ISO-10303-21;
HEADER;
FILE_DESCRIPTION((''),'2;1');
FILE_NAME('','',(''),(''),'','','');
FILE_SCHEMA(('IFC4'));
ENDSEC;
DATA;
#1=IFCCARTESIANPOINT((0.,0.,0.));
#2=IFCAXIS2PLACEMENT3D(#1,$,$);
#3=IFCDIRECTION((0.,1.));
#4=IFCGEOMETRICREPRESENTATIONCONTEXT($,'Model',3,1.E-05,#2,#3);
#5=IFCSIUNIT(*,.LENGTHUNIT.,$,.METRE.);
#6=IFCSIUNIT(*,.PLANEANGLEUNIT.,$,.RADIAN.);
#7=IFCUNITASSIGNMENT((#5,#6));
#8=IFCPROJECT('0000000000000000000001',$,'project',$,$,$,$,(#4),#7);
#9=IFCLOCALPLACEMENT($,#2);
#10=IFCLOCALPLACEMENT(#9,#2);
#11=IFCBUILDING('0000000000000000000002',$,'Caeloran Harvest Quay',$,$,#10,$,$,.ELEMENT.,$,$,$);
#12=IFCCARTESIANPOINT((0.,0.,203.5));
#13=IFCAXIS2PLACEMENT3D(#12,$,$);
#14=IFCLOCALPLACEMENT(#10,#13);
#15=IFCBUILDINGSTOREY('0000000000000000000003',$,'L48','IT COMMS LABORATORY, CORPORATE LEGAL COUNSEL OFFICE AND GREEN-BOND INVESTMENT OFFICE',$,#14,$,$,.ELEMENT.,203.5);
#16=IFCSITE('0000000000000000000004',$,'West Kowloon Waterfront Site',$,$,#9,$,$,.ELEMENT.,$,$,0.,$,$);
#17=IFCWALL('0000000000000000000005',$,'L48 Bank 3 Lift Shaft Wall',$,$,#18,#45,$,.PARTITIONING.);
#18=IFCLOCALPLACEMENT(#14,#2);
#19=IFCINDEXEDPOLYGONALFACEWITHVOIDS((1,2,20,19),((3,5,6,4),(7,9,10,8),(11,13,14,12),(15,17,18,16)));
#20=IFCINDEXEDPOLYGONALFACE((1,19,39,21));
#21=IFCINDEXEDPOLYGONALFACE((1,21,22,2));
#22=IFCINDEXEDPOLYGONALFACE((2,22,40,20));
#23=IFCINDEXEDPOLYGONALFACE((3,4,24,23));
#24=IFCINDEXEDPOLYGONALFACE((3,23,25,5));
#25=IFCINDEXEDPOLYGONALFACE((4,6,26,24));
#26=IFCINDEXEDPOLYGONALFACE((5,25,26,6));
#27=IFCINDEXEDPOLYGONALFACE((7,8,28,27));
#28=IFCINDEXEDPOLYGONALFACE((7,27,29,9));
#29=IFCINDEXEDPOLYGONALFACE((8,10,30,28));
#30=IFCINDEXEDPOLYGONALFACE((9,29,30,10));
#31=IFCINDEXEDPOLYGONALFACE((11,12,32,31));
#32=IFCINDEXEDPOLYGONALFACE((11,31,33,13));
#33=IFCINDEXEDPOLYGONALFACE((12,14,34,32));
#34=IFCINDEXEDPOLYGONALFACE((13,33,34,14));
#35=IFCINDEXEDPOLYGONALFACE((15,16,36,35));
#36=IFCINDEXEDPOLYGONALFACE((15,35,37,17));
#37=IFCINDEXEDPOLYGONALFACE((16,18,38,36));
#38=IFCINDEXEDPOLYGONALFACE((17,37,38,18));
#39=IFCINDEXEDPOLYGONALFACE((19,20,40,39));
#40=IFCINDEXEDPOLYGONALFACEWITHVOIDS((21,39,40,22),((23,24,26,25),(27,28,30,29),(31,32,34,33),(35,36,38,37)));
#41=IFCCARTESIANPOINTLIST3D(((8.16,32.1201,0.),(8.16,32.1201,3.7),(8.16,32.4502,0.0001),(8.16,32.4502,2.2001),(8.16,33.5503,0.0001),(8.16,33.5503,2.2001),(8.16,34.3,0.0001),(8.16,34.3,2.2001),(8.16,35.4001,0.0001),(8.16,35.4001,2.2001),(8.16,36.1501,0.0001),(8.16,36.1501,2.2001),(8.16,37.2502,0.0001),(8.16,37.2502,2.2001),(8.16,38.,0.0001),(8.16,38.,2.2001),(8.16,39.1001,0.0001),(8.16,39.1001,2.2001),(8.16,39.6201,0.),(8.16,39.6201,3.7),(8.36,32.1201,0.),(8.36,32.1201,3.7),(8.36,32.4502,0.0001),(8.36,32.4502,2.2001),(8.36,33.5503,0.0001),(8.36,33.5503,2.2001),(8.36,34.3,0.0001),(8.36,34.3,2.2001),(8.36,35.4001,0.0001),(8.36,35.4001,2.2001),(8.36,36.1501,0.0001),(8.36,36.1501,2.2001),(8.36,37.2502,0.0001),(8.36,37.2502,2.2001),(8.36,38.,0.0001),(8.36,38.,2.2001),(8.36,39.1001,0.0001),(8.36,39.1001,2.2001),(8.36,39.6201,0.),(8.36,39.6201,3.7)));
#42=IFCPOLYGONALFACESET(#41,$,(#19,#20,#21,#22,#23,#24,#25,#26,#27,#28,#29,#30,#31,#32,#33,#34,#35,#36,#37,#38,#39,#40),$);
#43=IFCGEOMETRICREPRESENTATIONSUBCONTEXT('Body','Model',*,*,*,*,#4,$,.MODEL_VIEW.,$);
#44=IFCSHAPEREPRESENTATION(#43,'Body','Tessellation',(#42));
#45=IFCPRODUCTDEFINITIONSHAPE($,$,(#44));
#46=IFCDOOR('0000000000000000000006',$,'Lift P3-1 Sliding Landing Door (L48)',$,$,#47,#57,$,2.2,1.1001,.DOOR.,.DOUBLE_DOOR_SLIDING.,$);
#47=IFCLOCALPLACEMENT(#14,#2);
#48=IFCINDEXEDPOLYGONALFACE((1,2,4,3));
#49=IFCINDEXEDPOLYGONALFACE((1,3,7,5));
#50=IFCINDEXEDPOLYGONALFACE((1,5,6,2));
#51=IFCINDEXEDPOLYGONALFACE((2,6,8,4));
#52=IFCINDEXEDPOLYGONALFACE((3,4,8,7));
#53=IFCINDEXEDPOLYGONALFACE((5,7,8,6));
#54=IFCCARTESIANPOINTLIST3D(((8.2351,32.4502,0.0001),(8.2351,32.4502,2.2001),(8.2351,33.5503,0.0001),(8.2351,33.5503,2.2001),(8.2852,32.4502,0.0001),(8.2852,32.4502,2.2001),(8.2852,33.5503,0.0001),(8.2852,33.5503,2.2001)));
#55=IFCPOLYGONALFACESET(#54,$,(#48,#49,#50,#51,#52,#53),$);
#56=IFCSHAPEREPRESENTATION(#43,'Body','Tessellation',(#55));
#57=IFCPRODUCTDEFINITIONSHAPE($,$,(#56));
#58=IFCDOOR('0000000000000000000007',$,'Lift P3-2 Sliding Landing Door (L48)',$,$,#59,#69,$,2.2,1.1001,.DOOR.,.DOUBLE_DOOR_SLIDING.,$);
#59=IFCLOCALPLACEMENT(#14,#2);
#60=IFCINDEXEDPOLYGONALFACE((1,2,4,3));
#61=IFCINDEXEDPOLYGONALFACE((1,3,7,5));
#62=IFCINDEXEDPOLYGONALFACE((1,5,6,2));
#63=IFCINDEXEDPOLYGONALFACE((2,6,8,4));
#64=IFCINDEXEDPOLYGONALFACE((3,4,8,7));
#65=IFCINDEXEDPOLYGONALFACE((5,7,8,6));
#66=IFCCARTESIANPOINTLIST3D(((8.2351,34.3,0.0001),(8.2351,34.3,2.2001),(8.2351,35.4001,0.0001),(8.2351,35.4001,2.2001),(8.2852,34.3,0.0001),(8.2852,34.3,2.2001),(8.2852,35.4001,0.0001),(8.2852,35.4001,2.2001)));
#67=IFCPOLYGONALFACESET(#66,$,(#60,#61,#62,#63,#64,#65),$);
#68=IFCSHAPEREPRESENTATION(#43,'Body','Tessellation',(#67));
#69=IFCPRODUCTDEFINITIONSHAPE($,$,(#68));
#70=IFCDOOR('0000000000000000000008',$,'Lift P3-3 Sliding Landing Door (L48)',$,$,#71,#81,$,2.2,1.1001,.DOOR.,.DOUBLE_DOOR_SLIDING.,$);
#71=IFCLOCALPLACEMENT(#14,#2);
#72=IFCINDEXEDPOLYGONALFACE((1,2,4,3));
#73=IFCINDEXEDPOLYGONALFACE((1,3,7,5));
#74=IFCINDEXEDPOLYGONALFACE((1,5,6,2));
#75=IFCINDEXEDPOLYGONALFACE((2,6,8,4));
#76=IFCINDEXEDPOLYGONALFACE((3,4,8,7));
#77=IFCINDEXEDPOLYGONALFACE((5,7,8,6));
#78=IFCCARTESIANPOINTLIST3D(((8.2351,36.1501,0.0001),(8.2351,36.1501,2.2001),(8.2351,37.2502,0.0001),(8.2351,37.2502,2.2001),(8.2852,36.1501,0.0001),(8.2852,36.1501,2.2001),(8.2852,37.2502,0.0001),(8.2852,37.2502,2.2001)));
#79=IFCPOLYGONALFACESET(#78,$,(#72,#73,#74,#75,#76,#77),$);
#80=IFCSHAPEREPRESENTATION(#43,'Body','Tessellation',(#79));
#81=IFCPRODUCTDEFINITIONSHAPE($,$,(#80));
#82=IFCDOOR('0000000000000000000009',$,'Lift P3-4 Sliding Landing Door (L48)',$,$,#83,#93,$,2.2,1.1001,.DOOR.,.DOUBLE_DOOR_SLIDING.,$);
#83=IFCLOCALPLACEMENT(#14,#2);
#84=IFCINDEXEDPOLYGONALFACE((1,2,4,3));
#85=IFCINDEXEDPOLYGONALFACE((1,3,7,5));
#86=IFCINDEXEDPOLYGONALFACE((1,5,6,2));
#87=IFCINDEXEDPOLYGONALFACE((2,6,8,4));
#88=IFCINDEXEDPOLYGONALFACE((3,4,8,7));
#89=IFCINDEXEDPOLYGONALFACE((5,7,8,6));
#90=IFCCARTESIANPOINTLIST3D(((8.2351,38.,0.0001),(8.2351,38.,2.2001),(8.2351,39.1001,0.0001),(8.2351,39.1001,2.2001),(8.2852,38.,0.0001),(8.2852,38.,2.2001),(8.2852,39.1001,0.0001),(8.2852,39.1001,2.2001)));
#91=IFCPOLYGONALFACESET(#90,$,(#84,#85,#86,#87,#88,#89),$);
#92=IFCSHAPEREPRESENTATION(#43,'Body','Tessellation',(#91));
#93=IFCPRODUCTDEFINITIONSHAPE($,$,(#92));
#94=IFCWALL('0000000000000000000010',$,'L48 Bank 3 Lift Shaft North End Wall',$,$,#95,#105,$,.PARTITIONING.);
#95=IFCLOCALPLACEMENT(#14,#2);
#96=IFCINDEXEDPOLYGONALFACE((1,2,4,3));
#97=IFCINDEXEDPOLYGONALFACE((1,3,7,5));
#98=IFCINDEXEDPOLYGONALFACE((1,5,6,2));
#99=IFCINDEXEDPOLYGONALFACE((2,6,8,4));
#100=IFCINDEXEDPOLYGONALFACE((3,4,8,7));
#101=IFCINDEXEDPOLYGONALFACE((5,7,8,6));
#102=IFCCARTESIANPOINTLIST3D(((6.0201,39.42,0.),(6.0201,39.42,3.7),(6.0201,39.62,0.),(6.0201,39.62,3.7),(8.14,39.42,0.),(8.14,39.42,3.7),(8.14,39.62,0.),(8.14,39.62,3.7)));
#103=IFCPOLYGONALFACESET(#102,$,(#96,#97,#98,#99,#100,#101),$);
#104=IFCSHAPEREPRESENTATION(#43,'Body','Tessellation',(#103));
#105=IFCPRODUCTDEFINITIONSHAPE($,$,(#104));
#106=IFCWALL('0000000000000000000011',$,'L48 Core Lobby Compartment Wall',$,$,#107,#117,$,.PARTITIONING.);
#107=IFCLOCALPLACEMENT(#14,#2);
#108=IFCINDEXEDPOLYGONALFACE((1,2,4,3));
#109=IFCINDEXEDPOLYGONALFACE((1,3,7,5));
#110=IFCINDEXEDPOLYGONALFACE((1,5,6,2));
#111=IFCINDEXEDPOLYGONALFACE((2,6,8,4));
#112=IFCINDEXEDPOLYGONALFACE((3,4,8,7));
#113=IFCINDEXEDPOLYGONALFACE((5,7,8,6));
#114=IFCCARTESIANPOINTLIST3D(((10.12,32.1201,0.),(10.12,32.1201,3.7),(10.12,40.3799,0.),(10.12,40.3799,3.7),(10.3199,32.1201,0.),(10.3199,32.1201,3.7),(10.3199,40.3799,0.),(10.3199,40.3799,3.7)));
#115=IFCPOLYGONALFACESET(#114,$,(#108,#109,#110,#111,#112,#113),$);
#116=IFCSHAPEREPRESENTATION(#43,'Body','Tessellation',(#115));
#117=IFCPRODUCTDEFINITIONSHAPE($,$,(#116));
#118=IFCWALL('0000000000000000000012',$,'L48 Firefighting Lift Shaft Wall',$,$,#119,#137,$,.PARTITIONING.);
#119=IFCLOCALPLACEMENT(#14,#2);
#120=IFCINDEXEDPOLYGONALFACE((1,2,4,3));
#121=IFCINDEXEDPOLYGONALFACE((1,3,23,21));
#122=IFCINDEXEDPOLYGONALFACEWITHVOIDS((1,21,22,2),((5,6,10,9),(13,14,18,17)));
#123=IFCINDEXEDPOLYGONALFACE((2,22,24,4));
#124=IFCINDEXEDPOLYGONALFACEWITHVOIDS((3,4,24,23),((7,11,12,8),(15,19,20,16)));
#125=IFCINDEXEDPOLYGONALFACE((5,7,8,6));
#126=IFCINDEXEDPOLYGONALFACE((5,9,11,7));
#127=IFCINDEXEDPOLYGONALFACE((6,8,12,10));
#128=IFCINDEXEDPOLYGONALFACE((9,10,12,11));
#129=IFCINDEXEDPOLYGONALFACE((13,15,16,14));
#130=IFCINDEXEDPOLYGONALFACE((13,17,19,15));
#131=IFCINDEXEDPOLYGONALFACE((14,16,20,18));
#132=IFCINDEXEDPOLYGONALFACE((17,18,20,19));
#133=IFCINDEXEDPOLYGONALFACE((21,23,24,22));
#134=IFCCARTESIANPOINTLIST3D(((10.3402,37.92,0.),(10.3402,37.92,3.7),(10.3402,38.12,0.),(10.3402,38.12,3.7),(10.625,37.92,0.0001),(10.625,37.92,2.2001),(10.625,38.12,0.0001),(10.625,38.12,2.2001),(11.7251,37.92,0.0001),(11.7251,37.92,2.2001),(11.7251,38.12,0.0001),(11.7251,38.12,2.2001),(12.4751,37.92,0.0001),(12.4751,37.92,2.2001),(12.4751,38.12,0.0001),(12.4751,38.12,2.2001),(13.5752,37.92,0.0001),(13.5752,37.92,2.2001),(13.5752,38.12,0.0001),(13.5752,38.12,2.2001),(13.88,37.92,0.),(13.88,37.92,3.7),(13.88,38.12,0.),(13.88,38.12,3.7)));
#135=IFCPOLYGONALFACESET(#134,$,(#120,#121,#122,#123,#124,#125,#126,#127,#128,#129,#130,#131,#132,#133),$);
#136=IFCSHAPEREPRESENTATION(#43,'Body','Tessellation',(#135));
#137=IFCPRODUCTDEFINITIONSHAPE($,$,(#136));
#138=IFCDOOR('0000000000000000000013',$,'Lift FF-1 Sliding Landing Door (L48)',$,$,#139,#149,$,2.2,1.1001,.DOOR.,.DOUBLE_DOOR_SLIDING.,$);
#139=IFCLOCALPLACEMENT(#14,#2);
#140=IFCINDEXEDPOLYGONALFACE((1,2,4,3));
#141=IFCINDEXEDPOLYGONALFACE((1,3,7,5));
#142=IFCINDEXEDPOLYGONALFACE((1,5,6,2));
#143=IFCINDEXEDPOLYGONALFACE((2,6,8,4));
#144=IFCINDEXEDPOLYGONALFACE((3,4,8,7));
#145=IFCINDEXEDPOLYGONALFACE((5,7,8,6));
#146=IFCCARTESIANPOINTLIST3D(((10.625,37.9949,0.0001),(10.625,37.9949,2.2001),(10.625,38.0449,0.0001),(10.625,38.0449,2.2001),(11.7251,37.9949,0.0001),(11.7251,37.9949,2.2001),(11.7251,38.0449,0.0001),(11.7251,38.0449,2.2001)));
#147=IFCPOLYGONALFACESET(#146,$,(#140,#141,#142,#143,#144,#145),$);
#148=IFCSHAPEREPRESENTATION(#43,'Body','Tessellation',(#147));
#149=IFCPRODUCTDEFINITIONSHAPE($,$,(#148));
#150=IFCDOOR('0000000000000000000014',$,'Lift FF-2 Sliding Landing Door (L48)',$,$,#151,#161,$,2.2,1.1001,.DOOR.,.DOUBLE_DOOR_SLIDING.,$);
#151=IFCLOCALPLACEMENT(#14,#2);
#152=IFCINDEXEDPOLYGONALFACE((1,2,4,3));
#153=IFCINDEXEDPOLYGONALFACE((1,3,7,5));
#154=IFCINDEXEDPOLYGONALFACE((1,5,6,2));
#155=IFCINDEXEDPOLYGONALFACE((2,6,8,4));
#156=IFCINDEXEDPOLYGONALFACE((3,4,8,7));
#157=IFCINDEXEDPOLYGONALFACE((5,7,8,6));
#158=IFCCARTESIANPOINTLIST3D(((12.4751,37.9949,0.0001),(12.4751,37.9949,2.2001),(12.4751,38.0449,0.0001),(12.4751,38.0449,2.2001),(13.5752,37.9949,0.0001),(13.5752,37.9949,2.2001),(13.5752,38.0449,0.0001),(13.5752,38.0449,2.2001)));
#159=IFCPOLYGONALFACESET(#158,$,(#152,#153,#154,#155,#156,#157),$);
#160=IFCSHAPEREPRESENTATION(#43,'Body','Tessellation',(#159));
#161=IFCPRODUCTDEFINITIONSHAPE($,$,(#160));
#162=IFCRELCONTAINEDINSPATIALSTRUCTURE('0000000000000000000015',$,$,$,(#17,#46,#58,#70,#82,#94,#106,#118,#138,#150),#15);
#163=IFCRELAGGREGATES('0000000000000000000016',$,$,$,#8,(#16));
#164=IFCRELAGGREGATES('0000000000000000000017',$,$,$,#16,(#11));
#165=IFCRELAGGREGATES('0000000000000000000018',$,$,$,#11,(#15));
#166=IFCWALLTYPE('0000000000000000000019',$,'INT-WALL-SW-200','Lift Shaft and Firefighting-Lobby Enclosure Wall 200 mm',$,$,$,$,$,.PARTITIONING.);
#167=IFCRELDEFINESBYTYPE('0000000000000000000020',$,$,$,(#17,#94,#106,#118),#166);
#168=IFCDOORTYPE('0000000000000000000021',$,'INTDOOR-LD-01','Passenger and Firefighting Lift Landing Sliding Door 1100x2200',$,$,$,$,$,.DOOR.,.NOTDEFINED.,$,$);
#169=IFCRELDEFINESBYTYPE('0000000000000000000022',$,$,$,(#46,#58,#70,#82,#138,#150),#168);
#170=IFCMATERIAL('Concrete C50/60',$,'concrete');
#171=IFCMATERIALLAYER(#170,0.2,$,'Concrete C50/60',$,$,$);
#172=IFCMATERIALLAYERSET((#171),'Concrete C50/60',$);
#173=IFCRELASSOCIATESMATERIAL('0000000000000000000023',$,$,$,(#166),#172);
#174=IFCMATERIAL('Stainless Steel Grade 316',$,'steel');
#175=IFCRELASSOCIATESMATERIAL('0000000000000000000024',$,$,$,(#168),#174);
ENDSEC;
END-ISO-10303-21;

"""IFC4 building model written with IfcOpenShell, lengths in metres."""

from ifc_helpers import new_model, si_unit, direction, frame, frame_2d, origin, place, context, subcontext, project, spatial, rectangle, extrude, material, layer, layer_set, type_object, element, fill, save


model = new_model("IFC4")

# Units and contexts
model_context = context("Model", 3, precision=1e-05, world=origin(), true_north=direction((0.0, 1.0)))
body_context = subcontext(model_context, "Body", "Model", "MODEL_VIEW")
ifc_project = project(units=[si_unit("LENGTHUNIT", "METRE"), si_unit("PLANEANGLEUNIT", "RADIAN")], contexts=[model_context])

# Site, building, storey
site_placement = place(None, origin())
site = spatial("IfcSite", under=ifc_project, at=site_placement, Name="West Kowloon Waterfront Site", CompositionType="ELEMENT", RefElevation=0.0)
building_placement = place(site_placement, origin())
building = spatial("IfcBuilding", under=site, at=building_placement, Name="Caeloran Harvest Quay", CompositionType="ELEMENT")
storey_placement = place(building_placement, frame((0.0, 0.0, 203.5)))
storey = spatial("IfcBuildingStorey", under=building, at=storey_placement, Name="L48", Description="IT COMMS LABORATORY, CORPORATE LEGAL COUNSEL OFFICE AND GREEN-BOND INVESTMENT OFFICE", CompositionType="ELEMENT", Elevation=203.5)

# Wall, openings, doors
ifc_material_1 = material(Name="Concrete C50/60", Category="concrete")
ifc_layer_1 = layer(ifc_material_1, 0.2, Name="Concrete C50/60")
ifc_layer_set_1 = layer_set([ifc_layer_1], Name="Concrete C50/60")
wall_type_1 = type_object("IfcWallType", Name="INT-WALL-SW-200", Description="Lift Shaft and Firefighting-Lobby Enclosure Wall 200 mm", PredefinedType="PARTITIONING", material=ifc_layer_set_1)
wall_1_placement = place(storey_placement, frame((8.26, 32.1201, 0.0), z_axis=(0.0, 0.0, 1.0), x_axis=(0.0, 1.0, 0.0)))
wall_1 = element("IfcWall", 1, at=wall_1_placement, inside=storey, type_object=wall_type_1, Name="L48 Bank 3 Lift Shaft Wall", PredefinedType="PARTITIONING", context=body_context, shape_type="SweptSolid", body=[
    extrude(rectangle(XDim=7.5, YDim=0.2, at=frame_2d((3.75, 0.0))), origin(), (0.0, 0.0, 1.0), 3.7),
])
opening_1_placement = place(wall_1_placement, frame((0.3301, 0.0, 0.0)))
opening_1 = element("IfcOpeningElement", 2, at=opening_1_placement, cuts=wall_1, PredefinedType="OPENING", context=body_context, shape_type="SweptSolid", body=[
    extrude(rectangle(XDim=1.1001, YDim=2.2, at=frame_2d((0.55, 1.1001))), frame((0.0, 0.1099, 0.0), z_axis=(0.0, -1.0, 0.0), x_axis=(1.0, 0.0, 0.0)), (0.0, 0.0, 1.0), 0.22),
])
opening_2_placement = place(wall_1_placement, frame((2.1799, 0.0, 0.0)))
opening_2 = element("IfcOpeningElement", 3, at=opening_2_placement, cuts=wall_1, PredefinedType="OPENING", context=body_context, shape_type="SweptSolid", body=[
    extrude(rectangle(XDim=1.1001, YDim=2.2, at=frame_2d((0.55, 1.1001))), frame((0.0, 0.1099, 0.0), z_axis=(0.0, -1.0, 0.0), x_axis=(1.0, 0.0, 0.0)), (0.0, 0.0, 1.0), 0.22),
])
opening_3_placement = place(wall_1_placement, frame((4.03, 0.0, 0.0)))
opening_3 = element("IfcOpeningElement", 4, at=opening_3_placement, cuts=wall_1, PredefinedType="OPENING", context=body_context, shape_type="SweptSolid", body=[
    extrude(rectangle(XDim=1.1001, YDim=2.2, at=frame_2d((0.55, 1.1001))), frame((0.0, 0.1099, 0.0), z_axis=(0.0, -1.0, 0.0), x_axis=(1.0, 0.0, 0.0)), (0.0, 0.0, 1.0), 0.22),
])
opening_4_placement = place(wall_1_placement, frame((5.8799, 0.0, 0.0)))
opening_4 = element("IfcOpeningElement", 5, at=opening_4_placement, cuts=wall_1, PredefinedType="OPENING", context=body_context, shape_type="SweptSolid", body=[
    extrude(rectangle(XDim=1.1001, YDim=2.2, at=frame_2d((0.55, 1.1001))), frame((0.0, 0.1099, 0.0), z_axis=(0.0, -1.0, 0.0), x_axis=(1.0, 0.0, 0.0)), (0.0, 0.0, 1.0), 0.22),
])
ifc_material_2 = material(Name="Stainless Steel Grade 316", Category="steel")
door_type_1 = type_object("IfcDoorType", Name="INTDOOR-LD-01", Description="Passenger and Firefighting Lift Landing Sliding Door 1100x2200", OperationType="NOTDEFINED", PredefinedType="DOOR", material=ifc_material_2)
door_1_placement = place(opening_1_placement, origin())
door_1 = element("IfcDoor", 6, at=door_1_placement, inside=storey, type_object=door_type_1, Name="Lift P3-1 Sliding Landing Door (L48)", OperationType="DOUBLE_DOOR_SLIDING", OverallHeight=2.2, OverallWidth=1.1001, PredefinedType="DOOR", context=body_context, shape_type="SweptSolid", body=[
    extrude(rectangle(XDim=1.1001, YDim=2.2, at=frame_2d((0.55, 1.1001))), frame((0.0, 0.0249, 0.0), z_axis=(0.0, -1.0, 0.0), x_axis=(1.0, 0.0, 0.0)), (0.0, 0.0, 1.0), 0.05),
])
fill(opening_1, door_1)
door_2_placement = place(opening_2_placement, origin())
door_2 = element("IfcDoor", 7, at=door_2_placement, inside=storey, type_object=door_type_1, Name="Lift P3-2 Sliding Landing Door (L48)", OperationType="DOUBLE_DOOR_SLIDING", OverallHeight=2.2, OverallWidth=1.1001, PredefinedType="DOOR", context=body_context, shape_type="SweptSolid", body=[
    extrude(rectangle(XDim=1.1001, YDim=2.2, at=frame_2d((0.55, 1.1001))), frame((0.0, 0.0249, 0.0), z_axis=(0.0, -1.0, 0.0), x_axis=(1.0, 0.0, 0.0)), (0.0, 0.0, 1.0), 0.05),
])
fill(opening_2, door_2)
door_3_placement = place(opening_3_placement, origin())
door_3 = element("IfcDoor", 8, at=door_3_placement, inside=storey, type_object=door_type_1, Name="Lift P3-3 Sliding Landing Door (L48)", OperationType="DOUBLE_DOOR_SLIDING", OverallHeight=2.2, OverallWidth=1.1001, PredefinedType="DOOR", context=body_context, shape_type="SweptSolid", body=[
    extrude(rectangle(XDim=1.1001, YDim=2.2, at=frame_2d((0.55, 1.1001))), frame((0.0, 0.0249, 0.0), z_axis=(0.0, -1.0, 0.0), x_axis=(1.0, 0.0, 0.0)), (0.0, 0.0, 1.0), 0.05),
])
fill(opening_3, door_3)
door_4_placement = place(opening_4_placement, origin())
door_4 = element("IfcDoor", 9, at=door_4_placement, inside=storey, type_object=door_type_1, Name="Lift P3-4 Sliding Landing Door (L48)", OperationType="DOUBLE_DOOR_SLIDING", OverallHeight=2.2, OverallWidth=1.1001, PredefinedType="DOOR", context=body_context, shape_type="SweptSolid", body=[
    extrude(rectangle(XDim=1.1001, YDim=2.2, at=frame_2d((0.55, 1.1001))), frame((0.0, 0.0249, 0.0), z_axis=(0.0, -1.0, 0.0), x_axis=(1.0, 0.0, 0.0)), (0.0, 0.0, 1.0), 0.05),
])
fill(opening_4, door_4)

# Walls
wall_2_placement = place(storey_placement, frame((6.02, 39.52, 0.0), z_axis=(0.0, 0.0, 1.0), x_axis=(1.0, 0.0, 0.0)))
element("IfcWall", 10, at=wall_2_placement, inside=storey, type_object=wall_type_1, Name="L48 Bank 3 Lift Shaft North End Wall", PredefinedType="PARTITIONING", context=body_context, shape_type="SweptSolid", body=[
    extrude(rectangle(XDim=2.1199, YDim=0.2, at=frame_2d((1.0601, 0.0))), origin(), (0.0, 0.0, 1.0), 3.7),
])
wall_3_placement = place(storey_placement, frame((10.22, 32.1201, 0.0), z_axis=(0.0, 0.0, 1.0), x_axis=(0.0, 1.0, 0.0)))
element("IfcWall", 11, at=wall_3_placement, inside=storey, type_object=wall_type_1, Name="L48 Core Lobby Compartment Wall", PredefinedType="PARTITIONING", context=body_context, shape_type="SweptSolid", body=[
    extrude(rectangle(XDim=8.2598, YDim=0.2, at=frame_2d((4.1299, 0.0))), origin(), (0.0, 0.0, 1.0), 3.7),
])

# Wall, openings, doors
wall_4_placement = place(storey_placement, frame((10.3401, 38.02, 0.0), z_axis=(0.0, 0.0, 1.0), x_axis=(1.0, 0.0, 0.0)))
wall_4 = element("IfcWall", 12, at=wall_4_placement, inside=storey, type_object=wall_type_1, Name="L48 Firefighting Lift Shaft Wall", PredefinedType="PARTITIONING", context=body_context, shape_type="SweptSolid", body=[
    extrude(rectangle(XDim=3.5398, YDim=0.2, at=frame_2d((1.77, 0.0))), origin(), (0.0, 0.0, 1.0), 3.7),
])
opening_5_placement = place(wall_4_placement, frame((0.2849, 0.0, 0.0)))
opening_5 = element("IfcOpeningElement", 13, at=opening_5_placement, cuts=wall_4, PredefinedType="OPENING", context=body_context, shape_type="SweptSolid", body=[
    extrude(rectangle(XDim=1.1001, YDim=2.2, at=frame_2d((0.55, 1.1001))), frame((0.0, 0.1099, 0.0), z_axis=(0.0, -1.0, 0.0), x_axis=(1.0, 0.0, 0.0)), (0.0, 0.0, 1.0), 0.22),
])
opening_6_placement = place(wall_4_placement, frame((2.135, 0.0, 0.0)))
opening_6 = element("IfcOpeningElement", 14, at=opening_6_placement, cuts=wall_4, PredefinedType="OPENING", context=body_context, shape_type="SweptSolid", body=[
    extrude(rectangle(XDim=1.1001, YDim=2.2, at=frame_2d((0.55, 1.1001))), frame((0.0, 0.1099, 0.0), z_axis=(0.0, -1.0, 0.0), x_axis=(1.0, 0.0, 0.0)), (0.0, 0.0, 1.0), 0.22),
])
door_5_placement = place(opening_5_placement, origin())
door_5 = element("IfcDoor", 15, at=door_5_placement, inside=storey, type_object=door_type_1, Name="Lift FF-1 Sliding Landing Door (L48)", OperationType="DOUBLE_DOOR_SLIDING", OverallHeight=2.2, OverallWidth=1.1001, PredefinedType="DOOR", context=body_context, shape_type="SweptSolid", body=[
    extrude(rectangle(XDim=1.1001, YDim=2.2, at=frame_2d((0.55, 1.1001))), frame((0.0, 0.0249, 0.0), z_axis=(0.0, -1.0, 0.0), x_axis=(1.0, 0.0, 0.0)), (0.0, 0.0, 1.0), 0.05),
])
fill(opening_5, door_5)
door_6_placement = place(opening_6_placement, origin())
door_6 = element("IfcDoor", 16, at=door_6_placement, inside=storey, type_object=door_type_1, Name="Lift FF-2 Sliding Landing Door (L48)", OperationType="DOUBLE_DOOR_SLIDING", OverallHeight=2.2, OverallWidth=1.1001, PredefinedType="DOOR", context=body_context, shape_type="SweptSolid", body=[
    extrude(rectangle(XDim=1.1001, YDim=2.2, at=frame_2d((0.55, 1.1001))), frame((0.0, 0.0249, 0.0), z_axis=(0.0, -1.0, 0.0), x_axis=(1.0, 0.0, 0.0)), (0.0, 0.0, 1.0), 0.05),
])
fill(opening_6, door_6)

save(model, "model.ifc")
